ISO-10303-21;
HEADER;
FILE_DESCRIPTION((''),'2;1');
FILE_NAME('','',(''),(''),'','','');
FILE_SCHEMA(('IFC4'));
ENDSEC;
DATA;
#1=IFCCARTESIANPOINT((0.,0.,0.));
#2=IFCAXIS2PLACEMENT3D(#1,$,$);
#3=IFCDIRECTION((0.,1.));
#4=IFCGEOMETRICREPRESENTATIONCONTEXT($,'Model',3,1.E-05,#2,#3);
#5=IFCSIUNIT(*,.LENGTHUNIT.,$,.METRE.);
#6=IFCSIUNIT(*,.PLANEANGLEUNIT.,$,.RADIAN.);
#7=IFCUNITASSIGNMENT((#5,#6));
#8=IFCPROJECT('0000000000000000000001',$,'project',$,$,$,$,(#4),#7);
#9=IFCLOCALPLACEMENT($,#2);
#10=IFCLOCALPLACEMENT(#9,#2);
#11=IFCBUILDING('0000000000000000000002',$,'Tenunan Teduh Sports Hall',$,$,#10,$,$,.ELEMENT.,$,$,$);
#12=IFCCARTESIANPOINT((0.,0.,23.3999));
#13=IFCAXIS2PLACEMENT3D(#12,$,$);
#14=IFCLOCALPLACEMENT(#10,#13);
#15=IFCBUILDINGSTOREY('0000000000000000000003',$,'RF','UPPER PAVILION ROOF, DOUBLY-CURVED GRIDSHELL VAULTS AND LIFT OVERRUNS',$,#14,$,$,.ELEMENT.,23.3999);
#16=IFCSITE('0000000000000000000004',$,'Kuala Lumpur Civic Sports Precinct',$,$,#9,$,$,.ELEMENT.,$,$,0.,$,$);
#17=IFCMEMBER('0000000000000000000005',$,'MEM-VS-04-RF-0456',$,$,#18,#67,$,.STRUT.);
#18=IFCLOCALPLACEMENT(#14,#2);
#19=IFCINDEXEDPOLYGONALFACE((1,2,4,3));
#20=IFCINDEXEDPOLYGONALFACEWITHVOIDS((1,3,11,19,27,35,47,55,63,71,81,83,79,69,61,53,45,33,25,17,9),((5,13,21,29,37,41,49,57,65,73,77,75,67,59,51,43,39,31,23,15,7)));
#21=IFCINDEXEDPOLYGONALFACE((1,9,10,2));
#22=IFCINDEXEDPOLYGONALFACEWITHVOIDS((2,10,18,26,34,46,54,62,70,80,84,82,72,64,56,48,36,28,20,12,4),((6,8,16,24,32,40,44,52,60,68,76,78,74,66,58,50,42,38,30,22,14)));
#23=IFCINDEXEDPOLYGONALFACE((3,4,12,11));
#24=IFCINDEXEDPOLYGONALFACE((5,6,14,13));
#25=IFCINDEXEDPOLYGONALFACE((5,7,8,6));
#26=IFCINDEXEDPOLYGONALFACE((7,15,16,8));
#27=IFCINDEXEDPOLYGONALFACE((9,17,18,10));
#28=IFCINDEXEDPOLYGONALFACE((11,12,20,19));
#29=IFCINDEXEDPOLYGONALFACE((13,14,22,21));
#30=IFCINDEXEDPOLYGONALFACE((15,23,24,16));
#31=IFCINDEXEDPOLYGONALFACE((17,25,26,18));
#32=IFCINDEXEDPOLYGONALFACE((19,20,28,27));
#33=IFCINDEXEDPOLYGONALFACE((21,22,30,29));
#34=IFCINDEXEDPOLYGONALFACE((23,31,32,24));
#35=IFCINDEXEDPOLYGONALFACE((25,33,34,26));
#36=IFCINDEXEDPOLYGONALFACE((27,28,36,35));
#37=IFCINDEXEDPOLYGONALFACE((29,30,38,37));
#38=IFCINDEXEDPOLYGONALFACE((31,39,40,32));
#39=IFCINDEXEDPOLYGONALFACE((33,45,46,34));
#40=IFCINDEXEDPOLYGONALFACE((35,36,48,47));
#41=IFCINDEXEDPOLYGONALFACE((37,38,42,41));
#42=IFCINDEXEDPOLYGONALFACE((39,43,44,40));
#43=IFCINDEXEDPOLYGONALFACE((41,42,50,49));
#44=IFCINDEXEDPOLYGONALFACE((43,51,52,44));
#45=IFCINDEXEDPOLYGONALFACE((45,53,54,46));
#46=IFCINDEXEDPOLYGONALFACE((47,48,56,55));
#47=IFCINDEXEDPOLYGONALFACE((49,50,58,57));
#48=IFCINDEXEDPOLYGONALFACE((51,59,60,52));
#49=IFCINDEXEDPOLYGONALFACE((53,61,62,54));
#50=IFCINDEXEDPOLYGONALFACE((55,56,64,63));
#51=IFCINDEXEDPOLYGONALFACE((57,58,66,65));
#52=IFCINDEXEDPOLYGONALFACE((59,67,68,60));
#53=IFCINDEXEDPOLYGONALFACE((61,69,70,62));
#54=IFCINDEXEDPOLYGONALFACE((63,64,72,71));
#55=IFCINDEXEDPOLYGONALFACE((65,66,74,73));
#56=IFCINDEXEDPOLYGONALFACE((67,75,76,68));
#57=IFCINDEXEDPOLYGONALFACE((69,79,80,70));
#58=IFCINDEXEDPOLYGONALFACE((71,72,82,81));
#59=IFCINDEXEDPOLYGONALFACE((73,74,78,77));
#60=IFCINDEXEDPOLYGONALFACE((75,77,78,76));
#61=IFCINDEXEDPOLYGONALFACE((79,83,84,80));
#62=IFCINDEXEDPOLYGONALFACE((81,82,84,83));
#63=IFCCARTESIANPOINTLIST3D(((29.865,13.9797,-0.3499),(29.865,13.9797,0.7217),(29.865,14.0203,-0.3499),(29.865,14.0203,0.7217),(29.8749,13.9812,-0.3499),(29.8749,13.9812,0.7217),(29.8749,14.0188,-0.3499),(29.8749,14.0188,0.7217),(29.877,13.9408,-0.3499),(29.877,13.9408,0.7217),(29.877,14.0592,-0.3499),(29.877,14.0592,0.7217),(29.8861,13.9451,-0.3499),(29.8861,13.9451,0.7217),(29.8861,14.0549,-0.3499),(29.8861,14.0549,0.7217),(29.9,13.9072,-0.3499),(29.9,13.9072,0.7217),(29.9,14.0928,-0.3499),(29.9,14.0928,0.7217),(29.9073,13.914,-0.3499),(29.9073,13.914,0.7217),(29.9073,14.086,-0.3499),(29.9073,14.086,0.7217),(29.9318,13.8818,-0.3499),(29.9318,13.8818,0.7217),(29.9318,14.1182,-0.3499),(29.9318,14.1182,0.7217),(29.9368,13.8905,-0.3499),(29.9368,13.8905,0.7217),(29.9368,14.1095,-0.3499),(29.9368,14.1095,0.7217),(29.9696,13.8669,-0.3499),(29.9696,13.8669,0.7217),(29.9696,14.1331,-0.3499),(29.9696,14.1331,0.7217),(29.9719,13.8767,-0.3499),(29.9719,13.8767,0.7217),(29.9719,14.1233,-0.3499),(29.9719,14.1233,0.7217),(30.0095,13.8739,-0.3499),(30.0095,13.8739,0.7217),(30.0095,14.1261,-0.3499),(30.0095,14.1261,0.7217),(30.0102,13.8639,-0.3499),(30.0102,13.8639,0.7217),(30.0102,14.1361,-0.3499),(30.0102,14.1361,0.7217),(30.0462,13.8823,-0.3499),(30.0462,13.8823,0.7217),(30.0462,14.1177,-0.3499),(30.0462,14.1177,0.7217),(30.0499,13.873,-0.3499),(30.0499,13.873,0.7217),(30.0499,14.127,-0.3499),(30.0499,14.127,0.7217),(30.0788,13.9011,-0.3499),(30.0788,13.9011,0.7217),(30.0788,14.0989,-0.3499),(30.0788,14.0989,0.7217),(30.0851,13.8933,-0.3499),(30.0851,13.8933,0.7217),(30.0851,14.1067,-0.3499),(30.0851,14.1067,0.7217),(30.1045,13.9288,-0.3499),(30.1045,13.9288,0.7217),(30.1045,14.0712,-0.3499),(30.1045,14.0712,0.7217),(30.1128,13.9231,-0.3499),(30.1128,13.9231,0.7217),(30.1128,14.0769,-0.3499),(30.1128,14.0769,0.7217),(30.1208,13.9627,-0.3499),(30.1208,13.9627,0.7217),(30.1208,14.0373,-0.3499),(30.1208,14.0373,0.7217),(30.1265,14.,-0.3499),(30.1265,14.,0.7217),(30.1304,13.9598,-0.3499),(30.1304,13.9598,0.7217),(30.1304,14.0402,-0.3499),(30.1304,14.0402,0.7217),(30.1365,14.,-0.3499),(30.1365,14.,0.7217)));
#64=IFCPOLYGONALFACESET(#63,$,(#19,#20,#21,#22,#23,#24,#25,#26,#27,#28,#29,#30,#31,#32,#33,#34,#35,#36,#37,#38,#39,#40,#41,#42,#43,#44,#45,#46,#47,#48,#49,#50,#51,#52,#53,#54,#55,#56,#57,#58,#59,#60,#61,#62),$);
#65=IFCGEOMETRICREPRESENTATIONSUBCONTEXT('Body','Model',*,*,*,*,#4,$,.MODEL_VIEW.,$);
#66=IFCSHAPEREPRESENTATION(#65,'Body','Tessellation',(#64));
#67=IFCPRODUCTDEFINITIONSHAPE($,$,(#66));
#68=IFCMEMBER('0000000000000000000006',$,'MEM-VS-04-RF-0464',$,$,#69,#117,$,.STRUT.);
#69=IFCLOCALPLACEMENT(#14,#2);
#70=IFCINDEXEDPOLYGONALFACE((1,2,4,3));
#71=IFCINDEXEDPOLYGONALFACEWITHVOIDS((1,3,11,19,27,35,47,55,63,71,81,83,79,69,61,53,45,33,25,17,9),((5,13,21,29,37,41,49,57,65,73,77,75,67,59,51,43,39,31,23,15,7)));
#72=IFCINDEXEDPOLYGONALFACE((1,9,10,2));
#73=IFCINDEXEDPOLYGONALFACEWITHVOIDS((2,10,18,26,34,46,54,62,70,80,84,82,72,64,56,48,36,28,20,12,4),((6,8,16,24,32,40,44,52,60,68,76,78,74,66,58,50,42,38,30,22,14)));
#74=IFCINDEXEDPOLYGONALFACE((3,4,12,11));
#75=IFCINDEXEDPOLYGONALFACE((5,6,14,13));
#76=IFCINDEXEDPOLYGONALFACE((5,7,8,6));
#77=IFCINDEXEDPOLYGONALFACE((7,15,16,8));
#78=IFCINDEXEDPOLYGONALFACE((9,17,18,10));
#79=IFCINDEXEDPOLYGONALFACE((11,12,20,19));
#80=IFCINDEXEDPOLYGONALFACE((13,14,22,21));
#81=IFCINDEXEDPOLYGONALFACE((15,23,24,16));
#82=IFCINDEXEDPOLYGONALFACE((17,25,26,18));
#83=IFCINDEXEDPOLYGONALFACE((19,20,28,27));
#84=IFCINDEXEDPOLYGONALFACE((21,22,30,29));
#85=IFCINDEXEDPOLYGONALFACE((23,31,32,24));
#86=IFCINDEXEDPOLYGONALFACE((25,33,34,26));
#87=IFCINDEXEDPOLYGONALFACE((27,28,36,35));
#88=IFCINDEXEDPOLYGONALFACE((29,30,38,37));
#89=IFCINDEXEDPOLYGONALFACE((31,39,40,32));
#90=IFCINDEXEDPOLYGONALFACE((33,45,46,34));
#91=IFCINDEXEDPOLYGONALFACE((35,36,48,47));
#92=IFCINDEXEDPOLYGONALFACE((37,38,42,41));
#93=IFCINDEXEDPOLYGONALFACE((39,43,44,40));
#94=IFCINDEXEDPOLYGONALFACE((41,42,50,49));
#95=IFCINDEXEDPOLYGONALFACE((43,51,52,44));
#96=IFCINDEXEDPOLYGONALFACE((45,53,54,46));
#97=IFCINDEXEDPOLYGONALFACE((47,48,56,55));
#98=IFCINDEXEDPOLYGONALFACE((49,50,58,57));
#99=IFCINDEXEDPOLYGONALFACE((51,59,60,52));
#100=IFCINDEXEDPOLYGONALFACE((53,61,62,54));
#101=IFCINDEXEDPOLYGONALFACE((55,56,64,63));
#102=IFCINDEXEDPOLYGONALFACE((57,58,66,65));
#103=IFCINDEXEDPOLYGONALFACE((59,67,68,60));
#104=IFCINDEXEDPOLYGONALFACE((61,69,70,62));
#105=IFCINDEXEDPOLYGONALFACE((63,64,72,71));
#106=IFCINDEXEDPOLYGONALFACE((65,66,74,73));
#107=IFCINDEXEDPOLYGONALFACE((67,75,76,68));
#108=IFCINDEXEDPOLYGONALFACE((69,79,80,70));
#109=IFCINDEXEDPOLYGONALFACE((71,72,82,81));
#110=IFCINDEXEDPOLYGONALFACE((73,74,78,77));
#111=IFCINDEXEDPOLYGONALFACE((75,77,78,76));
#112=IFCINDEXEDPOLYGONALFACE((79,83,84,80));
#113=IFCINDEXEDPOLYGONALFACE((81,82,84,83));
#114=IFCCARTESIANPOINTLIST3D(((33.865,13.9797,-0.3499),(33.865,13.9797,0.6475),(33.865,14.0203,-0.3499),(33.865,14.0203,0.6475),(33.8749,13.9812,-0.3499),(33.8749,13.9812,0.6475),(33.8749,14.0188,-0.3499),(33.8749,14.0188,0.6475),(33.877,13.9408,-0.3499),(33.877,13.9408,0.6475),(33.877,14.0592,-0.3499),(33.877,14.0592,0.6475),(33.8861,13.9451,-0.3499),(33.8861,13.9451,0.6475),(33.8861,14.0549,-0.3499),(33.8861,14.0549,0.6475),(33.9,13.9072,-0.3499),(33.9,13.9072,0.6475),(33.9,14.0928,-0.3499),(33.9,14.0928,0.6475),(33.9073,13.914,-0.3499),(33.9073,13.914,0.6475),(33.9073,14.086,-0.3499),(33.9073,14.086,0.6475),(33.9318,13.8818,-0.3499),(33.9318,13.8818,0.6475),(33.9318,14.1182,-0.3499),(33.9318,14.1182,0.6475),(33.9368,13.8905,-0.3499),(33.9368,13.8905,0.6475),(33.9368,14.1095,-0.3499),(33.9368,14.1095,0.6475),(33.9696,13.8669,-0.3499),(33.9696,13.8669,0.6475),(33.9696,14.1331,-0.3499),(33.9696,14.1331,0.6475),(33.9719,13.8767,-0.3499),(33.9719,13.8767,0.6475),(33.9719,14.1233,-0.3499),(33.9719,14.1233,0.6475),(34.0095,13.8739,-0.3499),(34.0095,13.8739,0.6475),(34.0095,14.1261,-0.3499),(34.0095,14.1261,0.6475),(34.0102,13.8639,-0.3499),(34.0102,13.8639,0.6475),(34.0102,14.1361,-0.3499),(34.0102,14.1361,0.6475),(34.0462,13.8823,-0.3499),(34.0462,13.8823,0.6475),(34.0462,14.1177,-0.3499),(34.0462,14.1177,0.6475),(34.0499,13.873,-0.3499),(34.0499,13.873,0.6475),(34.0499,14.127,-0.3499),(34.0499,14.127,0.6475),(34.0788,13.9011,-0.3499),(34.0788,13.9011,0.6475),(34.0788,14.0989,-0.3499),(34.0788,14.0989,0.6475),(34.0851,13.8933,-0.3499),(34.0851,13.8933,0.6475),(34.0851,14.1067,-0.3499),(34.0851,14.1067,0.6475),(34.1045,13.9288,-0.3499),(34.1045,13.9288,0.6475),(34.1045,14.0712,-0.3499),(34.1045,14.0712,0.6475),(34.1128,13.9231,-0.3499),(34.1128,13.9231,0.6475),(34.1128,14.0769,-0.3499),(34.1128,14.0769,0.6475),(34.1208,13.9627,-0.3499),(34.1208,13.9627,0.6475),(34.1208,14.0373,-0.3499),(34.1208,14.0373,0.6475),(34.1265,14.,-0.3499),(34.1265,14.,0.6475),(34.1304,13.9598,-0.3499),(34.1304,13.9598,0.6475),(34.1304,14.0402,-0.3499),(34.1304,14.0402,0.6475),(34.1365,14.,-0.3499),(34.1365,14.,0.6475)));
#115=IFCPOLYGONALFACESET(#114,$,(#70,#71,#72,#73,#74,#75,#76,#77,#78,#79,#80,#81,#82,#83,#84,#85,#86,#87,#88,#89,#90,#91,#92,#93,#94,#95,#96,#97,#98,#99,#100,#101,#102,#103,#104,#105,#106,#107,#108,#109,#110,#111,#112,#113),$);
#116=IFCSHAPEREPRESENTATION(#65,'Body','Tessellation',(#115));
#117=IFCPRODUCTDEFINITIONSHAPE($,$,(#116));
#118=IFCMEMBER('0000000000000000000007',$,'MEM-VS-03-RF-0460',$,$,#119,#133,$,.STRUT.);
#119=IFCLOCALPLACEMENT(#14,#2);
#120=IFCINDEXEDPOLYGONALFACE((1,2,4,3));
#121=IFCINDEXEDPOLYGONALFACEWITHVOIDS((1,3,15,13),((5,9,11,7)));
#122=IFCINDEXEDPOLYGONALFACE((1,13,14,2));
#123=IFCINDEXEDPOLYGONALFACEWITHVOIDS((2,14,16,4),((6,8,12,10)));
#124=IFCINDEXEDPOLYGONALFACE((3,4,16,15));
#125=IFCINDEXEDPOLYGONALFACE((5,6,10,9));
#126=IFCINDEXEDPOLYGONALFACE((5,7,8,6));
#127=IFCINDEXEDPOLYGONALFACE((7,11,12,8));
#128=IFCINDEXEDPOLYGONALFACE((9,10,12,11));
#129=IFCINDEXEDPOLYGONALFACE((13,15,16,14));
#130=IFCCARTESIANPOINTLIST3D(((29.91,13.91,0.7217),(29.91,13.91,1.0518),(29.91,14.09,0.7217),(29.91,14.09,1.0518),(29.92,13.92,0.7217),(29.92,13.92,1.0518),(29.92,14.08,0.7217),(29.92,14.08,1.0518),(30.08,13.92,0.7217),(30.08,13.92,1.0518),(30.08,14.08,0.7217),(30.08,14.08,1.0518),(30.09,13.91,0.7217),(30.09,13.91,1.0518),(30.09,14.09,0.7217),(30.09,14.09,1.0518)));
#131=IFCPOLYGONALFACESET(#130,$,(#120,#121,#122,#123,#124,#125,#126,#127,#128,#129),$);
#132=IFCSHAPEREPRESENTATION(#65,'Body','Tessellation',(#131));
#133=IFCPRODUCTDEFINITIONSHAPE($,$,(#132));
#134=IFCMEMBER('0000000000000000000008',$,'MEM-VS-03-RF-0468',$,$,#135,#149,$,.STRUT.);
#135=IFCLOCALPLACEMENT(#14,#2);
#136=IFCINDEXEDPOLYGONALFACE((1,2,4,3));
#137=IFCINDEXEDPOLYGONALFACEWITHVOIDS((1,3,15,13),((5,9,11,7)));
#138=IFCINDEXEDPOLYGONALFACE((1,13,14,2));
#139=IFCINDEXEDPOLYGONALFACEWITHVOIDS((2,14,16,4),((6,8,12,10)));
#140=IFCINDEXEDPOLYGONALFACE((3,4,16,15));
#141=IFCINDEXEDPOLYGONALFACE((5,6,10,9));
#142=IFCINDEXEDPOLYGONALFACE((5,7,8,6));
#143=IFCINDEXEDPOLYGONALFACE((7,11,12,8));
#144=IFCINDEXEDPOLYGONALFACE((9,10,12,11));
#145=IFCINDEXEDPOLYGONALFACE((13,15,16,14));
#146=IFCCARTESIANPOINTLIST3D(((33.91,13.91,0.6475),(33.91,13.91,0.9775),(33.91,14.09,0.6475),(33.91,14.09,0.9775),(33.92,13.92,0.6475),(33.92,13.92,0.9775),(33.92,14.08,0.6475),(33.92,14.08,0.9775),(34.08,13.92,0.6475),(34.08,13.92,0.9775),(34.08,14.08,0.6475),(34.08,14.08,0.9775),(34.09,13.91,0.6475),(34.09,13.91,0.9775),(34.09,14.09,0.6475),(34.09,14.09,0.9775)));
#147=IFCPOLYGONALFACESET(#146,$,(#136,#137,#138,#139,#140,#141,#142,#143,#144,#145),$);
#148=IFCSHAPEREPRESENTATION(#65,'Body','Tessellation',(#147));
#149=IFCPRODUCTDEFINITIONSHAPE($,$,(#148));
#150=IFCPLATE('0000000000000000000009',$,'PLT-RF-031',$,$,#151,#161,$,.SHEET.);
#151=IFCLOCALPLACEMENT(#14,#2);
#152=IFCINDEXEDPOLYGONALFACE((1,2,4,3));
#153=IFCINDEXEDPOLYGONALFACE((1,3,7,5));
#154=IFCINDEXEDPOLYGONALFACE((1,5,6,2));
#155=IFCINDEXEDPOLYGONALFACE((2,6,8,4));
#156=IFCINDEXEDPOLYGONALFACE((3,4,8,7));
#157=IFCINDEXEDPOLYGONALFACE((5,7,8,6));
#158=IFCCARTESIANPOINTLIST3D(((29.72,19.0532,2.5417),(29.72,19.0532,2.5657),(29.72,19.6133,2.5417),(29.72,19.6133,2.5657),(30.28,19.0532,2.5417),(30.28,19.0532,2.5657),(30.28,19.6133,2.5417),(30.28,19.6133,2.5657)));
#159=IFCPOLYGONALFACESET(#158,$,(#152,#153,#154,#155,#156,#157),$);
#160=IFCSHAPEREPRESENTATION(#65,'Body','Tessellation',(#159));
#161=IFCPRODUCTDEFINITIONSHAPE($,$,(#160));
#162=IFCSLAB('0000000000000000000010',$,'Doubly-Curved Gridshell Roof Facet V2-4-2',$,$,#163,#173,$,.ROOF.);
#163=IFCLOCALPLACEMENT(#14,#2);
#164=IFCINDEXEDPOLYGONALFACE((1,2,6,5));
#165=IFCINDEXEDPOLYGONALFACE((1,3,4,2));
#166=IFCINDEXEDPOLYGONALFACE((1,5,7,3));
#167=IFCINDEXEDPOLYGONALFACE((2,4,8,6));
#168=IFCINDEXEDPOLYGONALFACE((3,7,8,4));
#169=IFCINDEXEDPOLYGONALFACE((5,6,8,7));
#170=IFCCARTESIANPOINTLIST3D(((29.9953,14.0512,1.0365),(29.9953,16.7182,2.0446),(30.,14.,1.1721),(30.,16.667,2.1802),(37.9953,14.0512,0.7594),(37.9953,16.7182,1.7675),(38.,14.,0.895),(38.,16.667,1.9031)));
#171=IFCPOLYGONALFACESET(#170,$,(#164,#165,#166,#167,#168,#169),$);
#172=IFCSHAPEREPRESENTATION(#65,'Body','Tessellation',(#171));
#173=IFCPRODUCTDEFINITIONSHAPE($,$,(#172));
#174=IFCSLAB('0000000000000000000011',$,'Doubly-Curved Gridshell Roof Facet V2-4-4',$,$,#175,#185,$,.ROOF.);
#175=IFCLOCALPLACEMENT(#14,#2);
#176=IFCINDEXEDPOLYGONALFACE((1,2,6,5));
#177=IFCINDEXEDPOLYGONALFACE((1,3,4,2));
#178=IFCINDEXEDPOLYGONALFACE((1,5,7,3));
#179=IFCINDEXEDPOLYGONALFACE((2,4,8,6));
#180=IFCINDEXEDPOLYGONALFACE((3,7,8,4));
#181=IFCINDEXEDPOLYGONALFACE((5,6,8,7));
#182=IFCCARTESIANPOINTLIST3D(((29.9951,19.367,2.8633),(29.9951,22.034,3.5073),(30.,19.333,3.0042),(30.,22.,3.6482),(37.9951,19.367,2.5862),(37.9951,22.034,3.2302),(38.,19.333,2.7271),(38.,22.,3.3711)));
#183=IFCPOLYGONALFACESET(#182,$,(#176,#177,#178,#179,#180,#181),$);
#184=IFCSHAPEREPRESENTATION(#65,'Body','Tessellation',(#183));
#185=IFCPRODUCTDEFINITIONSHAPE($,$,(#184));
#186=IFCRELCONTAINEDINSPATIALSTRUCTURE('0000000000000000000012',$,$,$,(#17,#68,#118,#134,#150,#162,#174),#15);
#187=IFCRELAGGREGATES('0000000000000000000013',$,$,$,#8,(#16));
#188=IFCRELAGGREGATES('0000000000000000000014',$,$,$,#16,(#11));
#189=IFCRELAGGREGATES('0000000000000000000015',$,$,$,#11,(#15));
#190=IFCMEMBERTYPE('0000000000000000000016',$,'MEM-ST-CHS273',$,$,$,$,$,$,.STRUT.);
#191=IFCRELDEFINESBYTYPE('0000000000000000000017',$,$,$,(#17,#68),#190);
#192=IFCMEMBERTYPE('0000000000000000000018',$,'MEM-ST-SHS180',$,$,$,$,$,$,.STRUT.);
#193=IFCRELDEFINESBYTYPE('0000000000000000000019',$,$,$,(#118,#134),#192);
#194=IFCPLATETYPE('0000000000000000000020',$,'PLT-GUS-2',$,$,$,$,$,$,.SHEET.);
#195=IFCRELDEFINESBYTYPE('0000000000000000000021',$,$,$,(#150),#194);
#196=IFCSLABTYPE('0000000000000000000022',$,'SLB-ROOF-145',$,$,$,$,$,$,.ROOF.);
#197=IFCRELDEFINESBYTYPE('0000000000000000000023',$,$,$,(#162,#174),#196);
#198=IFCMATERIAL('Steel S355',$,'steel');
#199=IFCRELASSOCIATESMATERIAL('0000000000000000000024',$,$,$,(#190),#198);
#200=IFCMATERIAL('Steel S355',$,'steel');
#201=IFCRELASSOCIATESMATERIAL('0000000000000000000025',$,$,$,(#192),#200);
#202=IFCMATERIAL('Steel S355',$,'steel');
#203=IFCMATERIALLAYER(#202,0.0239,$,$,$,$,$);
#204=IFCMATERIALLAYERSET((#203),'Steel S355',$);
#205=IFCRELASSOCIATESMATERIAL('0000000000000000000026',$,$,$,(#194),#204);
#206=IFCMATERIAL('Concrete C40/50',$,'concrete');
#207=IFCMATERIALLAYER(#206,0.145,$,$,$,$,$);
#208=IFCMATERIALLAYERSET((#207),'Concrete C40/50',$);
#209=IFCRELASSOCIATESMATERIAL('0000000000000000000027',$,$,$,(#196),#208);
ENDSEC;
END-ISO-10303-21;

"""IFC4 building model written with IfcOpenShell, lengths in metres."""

from ifc_helpers import new_model, si_unit, direction, frame, origin, origin_2d, place, context, subcontext, project, spatial, polyline, rectangle, hollow_rectangle, hollow_circle, outline, extrude, material, layer, layer_set, material_profile, profile_set, type_object, element, save


model = new_model("IFC4")

# Units and contexts
model_context = context("Model", 3, precision=1e-05, world=origin(), true_north=direction((0.0, 1.0)))
body_context = subcontext(model_context, "Body", "Model", "MODEL_VIEW")
ifc_project = project(units=[si_unit("LENGTHUNIT", "METRE"), si_unit("PLANEANGLEUNIT", "RADIAN")], contexts=[model_context])

# Site, building, storey
site_placement = place(None, origin())
site = spatial("IfcSite", under=ifc_project, at=site_placement, Name="Kuala Lumpur Civic Sports Precinct", CompositionType="ELEMENT", RefElevation=0.0)
building_placement = place(site_placement, origin())
building = spatial("IfcBuilding", under=site, at=building_placement, Name="Tenunan Teduh Sports Hall", CompositionType="ELEMENT")
storey_placement = place(building_placement, frame((0.0, 0.0, 23.3999)))
storey = spatial("IfcBuildingStorey", under=building, at=storey_placement, Name="RF", Description="UPPER PAVILION ROOF, DOUBLY-CURVED GRIDSHELL VAULTS AND LIFT OVERRUNS", CompositionType="ELEMENT", Elevation=23.3999)

# Members
ifc_material_1 = material(Name="Steel S355", Category="steel")
ifc_material_profile_1 = material_profile(ifc_material_1, hollow_circle(Radius=0.1365, WallThickness=0.01, at=origin_2d()), Name="CHS 273.0x10.0")
ifc_profile_set_1 = profile_set([ifc_material_profile_1], Name="Steel S355")
member_type_1 = type_object("IfcMemberType", Name="MEM-ST-CHS273", PredefinedType="STRUT", material=ifc_profile_set_1)
member_1_placement = place(storey_placement, frame((30.0, 14.0, -0.3499), z_axis=(0.0, 0.0, 1.0), x_axis=(1.0, 0.0, 0.0)))
element("IfcMember", 1, at=member_1_placement, inside=storey, type_object=member_type_1, Name="MEM-VS-04-RF-0456", PredefinedType="STRUT", context=body_context, shape_type="SweptSolid", body=[
    extrude(hollow_circle(Radius=0.1365, WallThickness=0.01, at=origin_2d()), origin(), (0.0, 0.0, 1.0), 1.0715),
])
member_2_placement = place(storey_placement, frame((34.0, 14.0, -0.3499), z_axis=(0.0, 0.0, 1.0), x_axis=(1.0, 0.0, 0.0)))
element("IfcMember", 2, at=member_2_placement, inside=storey, type_object=member_type_1, Name="MEM-VS-04-RF-0464", PredefinedType="STRUT", context=body_context, shape_type="SweptSolid", body=[
    extrude(hollow_circle(Radius=0.1365, WallThickness=0.01, at=origin_2d()), origin(), (0.0, 0.0, 1.0), 0.9973),
])
ifc_material_2 = material(Name="Steel S355", Category="steel")
ifc_material_profile_2 = material_profile(ifc_material_2, hollow_rectangle(XDim=0.1799, YDim=0.1799, WallThickness=0.01, at=origin_2d()), Name="SHS 180x180x10.0")
ifc_profile_set_2 = profile_set([ifc_material_profile_2], Name="Steel S355")
member_type_2 = type_object("IfcMemberType", Name="MEM-ST-SHS180", PredefinedType="STRUT", material=ifc_profile_set_2)
for number, where, z_axis, x_axis, name in (
    (3, (30.0, 14.0, 0.7217), (0.0, 0.0, 1.0), (1.0, 0.0, 0.0), "MEM-VS-03-RF-0460"),
    (4, (34.0, 14.0, 0.6475), (0.0, 0.0, 1.0), (1.0, 0.0, 0.0), "MEM-VS-03-RF-0468"),
):
    element("IfcMember", number, at=place(storey_placement, frame(where, z_axis=z_axis, x_axis=x_axis)), inside=storey, type_object=member_type_2, Name=name, PredefinedType="STRUT", context=body_context, shape_type="SweptSolid", body=[
        extrude(hollow_rectangle(XDim=0.1799, YDim=0.1799, WallThickness=0.01, at=origin_2d()), origin(), (0.0, 0.0, 1.0), 0.3301),
    ])

# Plate
ifc_material_3 = material(Name="Steel S355", Category="steel")
ifc_layer_1 = layer(ifc_material_3, 0.0239)
ifc_layer_set_1 = layer_set([ifc_layer_1], Name="Steel S355")
plate_type = type_object("IfcPlateType", Name="PLT-GUS-2", PredefinedType="SHEET", material=ifc_layer_set_1)
plate_placement = place(storey_placement, frame((30.0, 19.3333, 2.5417), z_axis=(0.0, 0.0, 1.0), x_axis=(1.0, 0.0, 0.0)))
element("IfcPlate", 5, at=plate_placement, inside=storey, type_object=plate_type, Name="PLT-RF-031", PredefinedType="SHEET", context=body_context, shape_type="SweptSolid", body=[
    extrude(rectangle(XDim=0.5601, YDim=0.5601, at=origin_2d()), origin(), (0.0, 0.0, 1.0), 0.0239),
])

# Slabs
ifc_material_4 = material(Name="Concrete C40/50", Category="concrete")
ifc_layer_2 = layer(ifc_material_4, 0.145)
ifc_layer_set_2 = layer_set([ifc_layer_2], Name="Concrete C40/50")
slab_type_1 = type_object("IfcSlabType", Name="SLB-ROOF-145", PredefinedType="ROOF", material=ifc_layer_set_2)
slab_1_placement = place(storey_placement, frame((30.0, 14.0, 1.1721), z_axis=(0.032383, -0.353377, 0.93492), x_axis=(0.999401, 0.0, -0.034617)))
element("IfcSlab", 6, at=slab_1_placement, inside=storey, type_object=slab_type_1, Name="Doubly-Curved Gridshell Roof Facet V2-4-2", PredefinedType="ROOF", context=body_context, shape_type="SweptSolid", body=[
    extrude(outline(polyline([(0.0, 0.0), (8.0048, 0.0), (7.9699, 2.8509), (-0.0349, 2.8509), (0.0, 0.0)])), origin(), (0.0, 0.0, -1.0), 0.145),
])
slab_2_placement = place(storey_placement, frame((30.0, 19.333, 3.0042), z_axis=(0.033651, -0.234606, 0.971508), x_axis=(0.999401, 0.0, -0.034617)))
element("IfcSlab", 7, at=slab_2_placement, inside=storey, type_object=slab_type_1, Name="Doubly-Curved Gridshell Roof Facet V2-4-4", PredefinedType="ROOF", context=body_context, shape_type="SweptSolid", body=[
    extrude(outline(polyline([(0.0, 0.0), (8.0048, 0.0), (7.9825, 2.7436), (-0.0223, 2.7436), (0.0, 0.0)])), origin(), (0.0, 0.0, -1.0), 0.145),
])

save(model, "model.ifc")
